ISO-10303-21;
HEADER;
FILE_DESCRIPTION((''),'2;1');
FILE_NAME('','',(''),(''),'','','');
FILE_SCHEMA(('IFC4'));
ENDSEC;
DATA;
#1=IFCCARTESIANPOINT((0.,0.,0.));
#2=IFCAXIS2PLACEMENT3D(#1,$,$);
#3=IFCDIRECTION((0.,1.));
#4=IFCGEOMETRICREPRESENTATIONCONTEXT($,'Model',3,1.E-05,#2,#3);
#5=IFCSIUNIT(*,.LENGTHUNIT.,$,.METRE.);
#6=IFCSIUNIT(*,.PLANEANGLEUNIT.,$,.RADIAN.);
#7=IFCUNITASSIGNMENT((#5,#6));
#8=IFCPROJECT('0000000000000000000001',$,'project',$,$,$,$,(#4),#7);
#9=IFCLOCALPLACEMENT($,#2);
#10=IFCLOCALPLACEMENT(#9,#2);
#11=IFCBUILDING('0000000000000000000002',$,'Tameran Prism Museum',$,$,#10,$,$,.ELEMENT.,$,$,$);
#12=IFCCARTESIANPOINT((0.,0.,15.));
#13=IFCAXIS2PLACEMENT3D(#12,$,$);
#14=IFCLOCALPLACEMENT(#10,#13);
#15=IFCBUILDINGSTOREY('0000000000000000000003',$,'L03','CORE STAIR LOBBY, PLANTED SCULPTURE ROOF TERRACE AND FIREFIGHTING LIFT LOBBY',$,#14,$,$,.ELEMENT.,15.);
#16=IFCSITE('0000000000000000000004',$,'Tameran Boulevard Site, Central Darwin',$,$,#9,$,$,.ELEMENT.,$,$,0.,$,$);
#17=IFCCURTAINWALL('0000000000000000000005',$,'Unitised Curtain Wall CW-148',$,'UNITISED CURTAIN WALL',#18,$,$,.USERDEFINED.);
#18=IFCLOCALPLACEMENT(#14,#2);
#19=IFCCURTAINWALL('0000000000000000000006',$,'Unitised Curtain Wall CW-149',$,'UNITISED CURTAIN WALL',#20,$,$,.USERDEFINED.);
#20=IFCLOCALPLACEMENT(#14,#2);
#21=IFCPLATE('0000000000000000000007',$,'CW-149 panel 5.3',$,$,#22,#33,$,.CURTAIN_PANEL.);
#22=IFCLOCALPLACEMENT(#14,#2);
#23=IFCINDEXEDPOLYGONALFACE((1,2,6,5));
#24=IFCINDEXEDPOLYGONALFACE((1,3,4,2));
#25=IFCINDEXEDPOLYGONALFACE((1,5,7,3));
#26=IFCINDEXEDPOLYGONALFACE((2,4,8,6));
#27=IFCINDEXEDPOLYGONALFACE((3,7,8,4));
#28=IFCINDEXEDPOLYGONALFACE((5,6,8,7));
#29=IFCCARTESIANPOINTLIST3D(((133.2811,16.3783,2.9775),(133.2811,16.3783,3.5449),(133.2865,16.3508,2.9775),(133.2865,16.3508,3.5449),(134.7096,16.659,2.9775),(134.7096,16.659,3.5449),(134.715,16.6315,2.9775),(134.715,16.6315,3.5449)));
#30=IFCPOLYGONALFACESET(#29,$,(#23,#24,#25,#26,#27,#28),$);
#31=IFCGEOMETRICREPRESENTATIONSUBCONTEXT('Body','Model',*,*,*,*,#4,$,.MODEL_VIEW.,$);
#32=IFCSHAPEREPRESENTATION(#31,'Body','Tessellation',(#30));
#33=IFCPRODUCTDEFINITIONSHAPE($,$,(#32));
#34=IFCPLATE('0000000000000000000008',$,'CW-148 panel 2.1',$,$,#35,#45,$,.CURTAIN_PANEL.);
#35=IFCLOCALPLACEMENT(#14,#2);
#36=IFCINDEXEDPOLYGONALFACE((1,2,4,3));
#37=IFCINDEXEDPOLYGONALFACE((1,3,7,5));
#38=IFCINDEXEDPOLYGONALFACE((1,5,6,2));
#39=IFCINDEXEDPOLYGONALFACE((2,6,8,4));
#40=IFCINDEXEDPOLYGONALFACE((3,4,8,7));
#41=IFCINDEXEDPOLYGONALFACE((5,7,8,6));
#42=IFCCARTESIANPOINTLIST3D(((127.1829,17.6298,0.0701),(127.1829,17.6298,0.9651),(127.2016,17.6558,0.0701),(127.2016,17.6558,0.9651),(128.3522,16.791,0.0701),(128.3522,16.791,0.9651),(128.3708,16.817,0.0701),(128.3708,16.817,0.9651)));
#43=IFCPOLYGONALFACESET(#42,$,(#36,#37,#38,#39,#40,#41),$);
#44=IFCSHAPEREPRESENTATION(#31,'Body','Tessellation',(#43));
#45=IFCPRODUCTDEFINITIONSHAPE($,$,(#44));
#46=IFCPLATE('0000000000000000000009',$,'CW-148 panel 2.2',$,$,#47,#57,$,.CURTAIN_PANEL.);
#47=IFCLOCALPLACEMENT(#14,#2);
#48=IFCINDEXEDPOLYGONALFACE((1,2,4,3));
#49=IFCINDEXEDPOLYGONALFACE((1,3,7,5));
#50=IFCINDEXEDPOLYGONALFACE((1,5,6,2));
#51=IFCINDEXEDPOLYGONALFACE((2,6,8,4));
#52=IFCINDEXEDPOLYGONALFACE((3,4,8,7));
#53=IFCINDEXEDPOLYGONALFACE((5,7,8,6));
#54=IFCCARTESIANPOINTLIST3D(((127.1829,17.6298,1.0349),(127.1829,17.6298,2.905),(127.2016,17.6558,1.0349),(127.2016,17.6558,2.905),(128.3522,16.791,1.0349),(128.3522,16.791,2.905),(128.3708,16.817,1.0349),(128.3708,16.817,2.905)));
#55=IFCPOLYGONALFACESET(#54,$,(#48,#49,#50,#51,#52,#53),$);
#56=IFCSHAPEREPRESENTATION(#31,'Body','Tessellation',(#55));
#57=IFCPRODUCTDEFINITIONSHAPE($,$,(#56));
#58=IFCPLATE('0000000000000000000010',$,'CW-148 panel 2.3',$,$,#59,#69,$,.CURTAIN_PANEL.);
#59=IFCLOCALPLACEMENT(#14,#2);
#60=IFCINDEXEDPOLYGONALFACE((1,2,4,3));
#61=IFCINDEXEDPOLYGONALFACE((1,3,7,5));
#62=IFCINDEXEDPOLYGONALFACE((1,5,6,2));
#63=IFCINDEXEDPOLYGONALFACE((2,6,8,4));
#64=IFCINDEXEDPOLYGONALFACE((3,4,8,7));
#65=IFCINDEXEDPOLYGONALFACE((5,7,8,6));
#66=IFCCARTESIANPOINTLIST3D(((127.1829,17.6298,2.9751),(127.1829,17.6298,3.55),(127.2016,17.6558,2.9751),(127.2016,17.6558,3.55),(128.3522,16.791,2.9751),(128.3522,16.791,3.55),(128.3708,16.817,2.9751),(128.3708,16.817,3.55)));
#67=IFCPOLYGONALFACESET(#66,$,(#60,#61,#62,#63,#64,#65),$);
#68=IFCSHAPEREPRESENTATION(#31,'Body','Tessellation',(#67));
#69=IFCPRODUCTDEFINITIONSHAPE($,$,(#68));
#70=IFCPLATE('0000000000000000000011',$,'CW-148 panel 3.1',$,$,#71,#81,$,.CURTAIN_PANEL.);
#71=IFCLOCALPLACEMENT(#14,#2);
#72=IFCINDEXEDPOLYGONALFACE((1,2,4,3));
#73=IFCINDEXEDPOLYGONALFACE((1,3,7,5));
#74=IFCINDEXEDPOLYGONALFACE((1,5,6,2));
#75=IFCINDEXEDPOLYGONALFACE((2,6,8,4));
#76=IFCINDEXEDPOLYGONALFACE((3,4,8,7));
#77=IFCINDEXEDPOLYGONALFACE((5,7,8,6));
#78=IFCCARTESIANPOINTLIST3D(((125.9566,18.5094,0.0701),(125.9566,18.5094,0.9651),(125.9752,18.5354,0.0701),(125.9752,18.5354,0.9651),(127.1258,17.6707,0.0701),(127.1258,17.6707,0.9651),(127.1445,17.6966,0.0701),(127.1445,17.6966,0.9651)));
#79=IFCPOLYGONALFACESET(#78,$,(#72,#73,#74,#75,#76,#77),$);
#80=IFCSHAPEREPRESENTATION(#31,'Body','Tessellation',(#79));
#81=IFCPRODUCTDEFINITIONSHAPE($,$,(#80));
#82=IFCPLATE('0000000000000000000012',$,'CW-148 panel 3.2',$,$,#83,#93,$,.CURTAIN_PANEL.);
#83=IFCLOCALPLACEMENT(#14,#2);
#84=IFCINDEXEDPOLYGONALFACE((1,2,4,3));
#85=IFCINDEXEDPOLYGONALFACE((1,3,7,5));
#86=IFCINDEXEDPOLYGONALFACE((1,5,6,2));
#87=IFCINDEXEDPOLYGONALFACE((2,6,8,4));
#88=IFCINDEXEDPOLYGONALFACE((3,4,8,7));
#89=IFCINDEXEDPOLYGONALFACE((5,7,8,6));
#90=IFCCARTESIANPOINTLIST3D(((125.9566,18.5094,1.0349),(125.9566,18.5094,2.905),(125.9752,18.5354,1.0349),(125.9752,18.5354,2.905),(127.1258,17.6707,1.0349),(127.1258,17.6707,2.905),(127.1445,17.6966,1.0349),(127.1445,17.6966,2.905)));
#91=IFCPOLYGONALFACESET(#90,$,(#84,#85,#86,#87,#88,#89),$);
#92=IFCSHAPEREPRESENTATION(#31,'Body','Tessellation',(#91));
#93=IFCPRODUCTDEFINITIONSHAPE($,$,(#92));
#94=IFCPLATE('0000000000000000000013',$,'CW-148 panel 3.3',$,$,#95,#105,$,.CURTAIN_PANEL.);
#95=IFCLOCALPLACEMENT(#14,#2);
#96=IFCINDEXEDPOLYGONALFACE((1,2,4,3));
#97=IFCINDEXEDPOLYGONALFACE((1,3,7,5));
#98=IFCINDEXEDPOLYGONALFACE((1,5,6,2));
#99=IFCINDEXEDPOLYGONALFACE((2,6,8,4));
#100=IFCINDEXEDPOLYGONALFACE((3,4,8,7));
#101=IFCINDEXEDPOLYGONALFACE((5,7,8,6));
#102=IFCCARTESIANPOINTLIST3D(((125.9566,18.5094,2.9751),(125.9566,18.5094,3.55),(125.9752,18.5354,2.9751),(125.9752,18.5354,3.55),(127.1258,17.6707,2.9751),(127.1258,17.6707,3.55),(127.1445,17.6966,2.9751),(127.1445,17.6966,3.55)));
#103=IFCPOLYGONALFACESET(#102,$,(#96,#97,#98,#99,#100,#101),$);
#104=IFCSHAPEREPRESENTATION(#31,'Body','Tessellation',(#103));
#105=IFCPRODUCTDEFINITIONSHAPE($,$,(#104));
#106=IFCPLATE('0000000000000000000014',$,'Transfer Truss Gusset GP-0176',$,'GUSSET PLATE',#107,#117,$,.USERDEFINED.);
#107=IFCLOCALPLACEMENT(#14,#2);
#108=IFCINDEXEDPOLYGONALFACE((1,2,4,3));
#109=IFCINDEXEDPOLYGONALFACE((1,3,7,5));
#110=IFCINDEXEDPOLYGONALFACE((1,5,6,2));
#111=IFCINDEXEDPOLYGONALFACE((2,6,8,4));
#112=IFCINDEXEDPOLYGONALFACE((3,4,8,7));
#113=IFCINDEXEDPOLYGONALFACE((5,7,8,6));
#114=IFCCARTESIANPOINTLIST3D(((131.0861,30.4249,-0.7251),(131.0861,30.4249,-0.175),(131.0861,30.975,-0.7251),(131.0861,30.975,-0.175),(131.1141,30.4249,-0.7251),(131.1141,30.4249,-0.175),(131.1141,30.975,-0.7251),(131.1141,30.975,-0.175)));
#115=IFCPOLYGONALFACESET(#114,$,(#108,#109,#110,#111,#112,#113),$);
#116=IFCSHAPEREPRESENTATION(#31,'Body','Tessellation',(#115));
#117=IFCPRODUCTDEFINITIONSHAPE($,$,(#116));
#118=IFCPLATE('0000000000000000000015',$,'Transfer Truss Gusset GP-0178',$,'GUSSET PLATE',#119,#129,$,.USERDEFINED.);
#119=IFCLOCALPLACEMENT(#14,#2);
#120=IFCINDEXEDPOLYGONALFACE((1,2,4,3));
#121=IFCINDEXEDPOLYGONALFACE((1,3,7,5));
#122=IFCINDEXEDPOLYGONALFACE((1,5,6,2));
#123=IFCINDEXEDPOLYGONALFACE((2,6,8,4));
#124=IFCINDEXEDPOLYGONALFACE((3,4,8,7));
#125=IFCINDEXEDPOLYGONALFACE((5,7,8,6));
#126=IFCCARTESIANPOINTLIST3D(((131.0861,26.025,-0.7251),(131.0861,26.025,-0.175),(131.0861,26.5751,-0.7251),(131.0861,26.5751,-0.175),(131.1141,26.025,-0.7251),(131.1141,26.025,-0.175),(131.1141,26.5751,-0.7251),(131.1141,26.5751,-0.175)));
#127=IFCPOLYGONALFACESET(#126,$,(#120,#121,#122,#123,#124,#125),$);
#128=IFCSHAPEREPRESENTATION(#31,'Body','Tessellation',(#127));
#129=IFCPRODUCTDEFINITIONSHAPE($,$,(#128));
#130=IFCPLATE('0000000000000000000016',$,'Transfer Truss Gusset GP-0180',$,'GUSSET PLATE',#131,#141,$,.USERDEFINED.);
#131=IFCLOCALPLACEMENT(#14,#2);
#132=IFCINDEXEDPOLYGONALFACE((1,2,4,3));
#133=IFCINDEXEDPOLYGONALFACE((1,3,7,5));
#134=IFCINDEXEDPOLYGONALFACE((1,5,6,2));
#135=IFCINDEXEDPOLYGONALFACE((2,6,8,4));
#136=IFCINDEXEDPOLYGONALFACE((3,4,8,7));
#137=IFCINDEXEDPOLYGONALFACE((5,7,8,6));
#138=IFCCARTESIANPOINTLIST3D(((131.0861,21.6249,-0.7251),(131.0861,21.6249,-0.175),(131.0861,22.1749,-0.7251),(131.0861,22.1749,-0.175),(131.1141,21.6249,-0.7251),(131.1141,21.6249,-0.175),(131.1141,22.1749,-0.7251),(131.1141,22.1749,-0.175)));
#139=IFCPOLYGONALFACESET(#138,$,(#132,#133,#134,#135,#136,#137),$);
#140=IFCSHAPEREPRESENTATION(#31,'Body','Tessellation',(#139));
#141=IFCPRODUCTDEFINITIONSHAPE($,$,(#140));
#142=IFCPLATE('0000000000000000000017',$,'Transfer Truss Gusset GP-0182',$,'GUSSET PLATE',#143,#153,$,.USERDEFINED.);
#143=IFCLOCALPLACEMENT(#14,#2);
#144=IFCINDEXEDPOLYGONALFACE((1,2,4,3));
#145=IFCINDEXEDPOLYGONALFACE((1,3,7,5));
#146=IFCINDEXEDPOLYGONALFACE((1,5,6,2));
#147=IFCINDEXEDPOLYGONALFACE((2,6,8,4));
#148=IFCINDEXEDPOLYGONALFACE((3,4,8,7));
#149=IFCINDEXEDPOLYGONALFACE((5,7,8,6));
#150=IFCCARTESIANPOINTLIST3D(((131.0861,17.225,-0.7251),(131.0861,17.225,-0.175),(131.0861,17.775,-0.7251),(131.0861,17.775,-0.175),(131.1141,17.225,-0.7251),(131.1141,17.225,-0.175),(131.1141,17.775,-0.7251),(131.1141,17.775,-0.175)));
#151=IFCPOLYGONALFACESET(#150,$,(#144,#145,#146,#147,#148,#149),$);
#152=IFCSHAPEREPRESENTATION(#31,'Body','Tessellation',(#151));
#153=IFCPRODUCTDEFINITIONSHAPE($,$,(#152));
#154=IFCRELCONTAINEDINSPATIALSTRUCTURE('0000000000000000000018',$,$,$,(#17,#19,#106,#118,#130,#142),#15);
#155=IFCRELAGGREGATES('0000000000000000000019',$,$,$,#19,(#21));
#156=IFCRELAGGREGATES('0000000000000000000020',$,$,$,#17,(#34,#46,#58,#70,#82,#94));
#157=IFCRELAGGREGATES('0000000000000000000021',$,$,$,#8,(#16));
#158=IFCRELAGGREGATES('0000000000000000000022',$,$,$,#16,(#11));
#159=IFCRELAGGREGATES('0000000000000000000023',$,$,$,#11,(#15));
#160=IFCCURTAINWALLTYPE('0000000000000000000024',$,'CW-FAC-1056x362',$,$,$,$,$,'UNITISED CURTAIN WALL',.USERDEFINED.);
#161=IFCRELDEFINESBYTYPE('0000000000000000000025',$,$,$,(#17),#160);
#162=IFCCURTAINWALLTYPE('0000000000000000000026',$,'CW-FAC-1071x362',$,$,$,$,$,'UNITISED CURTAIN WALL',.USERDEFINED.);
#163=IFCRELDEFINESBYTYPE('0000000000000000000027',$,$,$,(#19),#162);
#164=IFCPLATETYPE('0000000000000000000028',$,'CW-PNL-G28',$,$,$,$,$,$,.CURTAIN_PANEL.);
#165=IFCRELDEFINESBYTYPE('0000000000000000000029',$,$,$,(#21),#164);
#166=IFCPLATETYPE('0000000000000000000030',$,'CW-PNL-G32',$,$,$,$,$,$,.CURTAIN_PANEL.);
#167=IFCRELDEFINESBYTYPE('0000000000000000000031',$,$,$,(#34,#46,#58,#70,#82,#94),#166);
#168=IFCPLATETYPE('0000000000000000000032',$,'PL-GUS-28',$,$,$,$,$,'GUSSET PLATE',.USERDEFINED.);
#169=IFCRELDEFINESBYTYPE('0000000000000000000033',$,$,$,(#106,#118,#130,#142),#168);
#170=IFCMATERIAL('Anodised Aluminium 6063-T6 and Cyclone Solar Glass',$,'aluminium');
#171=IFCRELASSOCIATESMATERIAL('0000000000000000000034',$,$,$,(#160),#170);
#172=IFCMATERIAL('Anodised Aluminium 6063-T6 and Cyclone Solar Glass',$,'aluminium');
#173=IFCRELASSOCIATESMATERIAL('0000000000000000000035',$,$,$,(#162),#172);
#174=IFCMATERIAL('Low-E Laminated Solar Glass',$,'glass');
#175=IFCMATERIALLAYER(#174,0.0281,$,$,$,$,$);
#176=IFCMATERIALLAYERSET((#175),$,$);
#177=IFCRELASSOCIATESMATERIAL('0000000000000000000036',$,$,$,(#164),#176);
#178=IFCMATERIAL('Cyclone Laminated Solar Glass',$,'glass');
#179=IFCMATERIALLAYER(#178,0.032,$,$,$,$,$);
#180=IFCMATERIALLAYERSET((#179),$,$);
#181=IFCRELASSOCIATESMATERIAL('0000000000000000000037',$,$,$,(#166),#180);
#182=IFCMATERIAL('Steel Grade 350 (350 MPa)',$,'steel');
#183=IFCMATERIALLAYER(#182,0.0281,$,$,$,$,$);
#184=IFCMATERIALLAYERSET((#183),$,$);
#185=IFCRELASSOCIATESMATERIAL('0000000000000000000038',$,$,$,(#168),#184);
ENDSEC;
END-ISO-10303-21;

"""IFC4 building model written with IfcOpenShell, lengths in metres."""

from ifc_helpers import new_model, si_unit, direction, frame, origin, origin_2d, place, context, subcontext, project, spatial, rectangle, extrude, material, layer, layer_set, type_object, element, aggregate, save


model = new_model("IFC4")

# Units and contexts
model_context = context("Model", 3, precision=1e-05, world=origin(), true_north=direction((0.0, 1.0)))
body_context = subcontext(model_context, "Body", "Model", "MODEL_VIEW")
ifc_project = project(units=[si_unit("LENGTHUNIT", "METRE"), si_unit("PLANEANGLEUNIT", "RADIAN")], contexts=[model_context])

# Site, building, storey
site_placement = place(None, origin())
site = spatial("IfcSite", under=ifc_project, at=site_placement, Name="Tameran Boulevard Site, Central Darwin", CompositionType="ELEMENT", RefElevation=0.0)
building_placement = place(site_placement, origin())
building = spatial("IfcBuilding", under=site, at=building_placement, Name="Tameran Prism Museum", CompositionType="ELEMENT")
storey_placement = place(building_placement, frame((0.0, 0.0, 15.0)))
storey = spatial("IfcBuildingStorey", under=building, at=storey_placement, Name="L03", Description="CORE STAIR LOBBY, PLANTED SCULPTURE ROOF TERRACE AND FIREFIGHTING LIFT LOBBY", CompositionType="ELEMENT", Elevation=15.0)

# Curtain walls
ifc_material_1 = material(Name="Anodised Aluminium 6063-T6 and Cyclone Solar Glass", Category="aluminium")
curtain_wall_type_1 = type_object("IfcCurtainWallType", Name="CW-FAC-1056x362", ElementType="UNITISED CURTAIN WALL", PredefinedType="USERDEFINED", material=ifc_material_1)
curtain_wall_1_placement = place(storey_placement, origin())
curtain_wall_1 = element("IfcCurtainWall", 1, at=curtain_wall_1_placement, inside=storey, type_object=curtain_wall_type_1, Name="Unitised Curtain Wall CW-148", ObjectType="UNITISED CURTAIN WALL", PredefinedType="USERDEFINED")
ifc_material_2 = material(Name="Anodised Aluminium 6063-T6 and Cyclone Solar Glass", Category="aluminium")
curtain_wall_type_2 = type_object("IfcCurtainWallType", Name="CW-FAC-1071x362", ElementType="UNITISED CURTAIN WALL", PredefinedType="USERDEFINED", material=ifc_material_2)
curtain_wall_2_placement = place(storey_placement, origin())
curtain_wall_2 = element("IfcCurtainWall", 2, at=curtain_wall_2_placement, inside=storey, type_object=curtain_wall_type_2, Name="Unitised Curtain Wall CW-149", ObjectType="UNITISED CURTAIN WALL", PredefinedType="USERDEFINED")

# Plates
ifc_material_3 = material(Name="Low-E Laminated Solar Glass", Category="glass")
ifc_layer_1 = layer(ifc_material_3, 0.0281)
ifc_layer_set_1 = layer_set([ifc_layer_1])
plate_type_1 = type_object("IfcPlateType", Name="CW-PNL-G28", PredefinedType="CURTAIN_PANEL", material=ifc_layer_set_1)
plate_1_placement = place(storey_placement, frame((133.998, 16.5049, 2.9775), z_axis=(0.0, 0.0, 1.0), x_axis=(-0.981236, -0.192813, 0.0)))
plate_1 = element("IfcPlate", 3, at=plate_1_placement, type_object=plate_type_1, Name="CW-149 panel 5.3", PredefinedType="CURTAIN_PANEL", context=body_context, shape_type="SweptSolid", body=[
    extrude(rectangle(XDim=1.4558, YDim=0.0281, at=origin_2d()), origin(), (0.0, 0.0, 1.0), 0.5674),
])
aggregate(curtain_wall_2, [plate_1])
ifc_material_4 = material(Name="Cyclone Laminated Solar Glass", Category="glass")
ifc_layer_2 = layer(ifc_material_4, 0.032)
ifc_layer_set_2 = layer_set([ifc_layer_2])
plate_type_2 = type_object("IfcPlateType", Name="CW-PNL-G32", PredefinedType="CURTAIN_PANEL", material=ifc_layer_set_2)
plate_2_placement = place(storey_placement, frame((127.7769, 17.2234, 0.0701), z_axis=(0.0, 0.0, 1.0), x_axis=(-0.812555, 0.582885, 0.0)))
plate_2 = element("IfcPlate", 4, at=plate_2_placement, type_object=plate_type_2, Name="CW-148 panel 2.1", PredefinedType="CURTAIN_PANEL", context=body_context, shape_type="SweptSolid", body=[
    extrude(rectangle(XDim=1.439, YDim=0.032, at=origin_2d()), origin(), (0.0, 0.0, 1.0), 0.895),
])
plate_3_placement = place(storey_placement, frame((127.7769, 17.2234, 1.0349), z_axis=(0.0, 0.0, 1.0), x_axis=(-0.812555, 0.582885, 0.0)))
plate_3 = element("IfcPlate", 5, at=plate_3_placement, type_object=plate_type_2, Name="CW-148 panel 2.2", PredefinedType="CURTAIN_PANEL", context=body_context, shape_type="SweptSolid", body=[
    extrude(rectangle(XDim=1.439, YDim=0.032, at=origin_2d()), origin(), (0.0, 0.0, 1.0), 1.8701),
])
plate_4_placement = place(storey_placement, frame((127.7769, 17.2234, 2.9751), z_axis=(0.0, 0.0, 1.0), x_axis=(-0.812555, 0.582885, 0.0)))
plate_4 = element("IfcPlate", 6, at=plate_4_placement, type_object=plate_type_2, Name="CW-148 panel 2.3", PredefinedType="CURTAIN_PANEL", context=body_context, shape_type="SweptSolid", body=[
    extrude(rectangle(XDim=1.439, YDim=0.032, at=origin_2d()), origin(), (0.0, 0.0, 1.0), 0.575),
])
plate_5_placement = place(storey_placement, frame((126.5505, 18.103, 0.0701), z_axis=(0.0, 0.0, 1.0), x_axis=(-0.812555, 0.582885, 0.0)))
plate_5 = element("IfcPlate", 7, at=plate_5_placement, type_object=plate_type_2, Name="CW-148 panel 3.1", PredefinedType="CURTAIN_PANEL", context=body_context, shape_type="SweptSolid", body=[
    extrude(rectangle(XDim=1.439, YDim=0.032, at=origin_2d()), origin(), (0.0, 0.0, 1.0), 0.895),
])
plate_6_placement = place(storey_placement, frame((126.5505, 18.103, 1.0349), z_axis=(0.0, 0.0, 1.0), x_axis=(-0.812555, 0.582885, 0.0)))
plate_6 = element("IfcPlate", 8, at=plate_6_placement, type_object=plate_type_2, Name="CW-148 panel 3.2", PredefinedType="CURTAIN_PANEL", context=body_context, shape_type="SweptSolid", body=[
    extrude(rectangle(XDim=1.439, YDim=0.032, at=origin_2d()), origin(), (0.0, 0.0, 1.0), 1.8701),
])
plate_7_placement = place(storey_placement, frame((126.5505, 18.103, 2.9751), z_axis=(0.0, 0.0, 1.0), x_axis=(-0.812555, 0.582885, 0.0)))
plate_7 = element("IfcPlate", 9, at=plate_7_placement, type_object=plate_type_2, Name="CW-148 panel 3.3", PredefinedType="CURTAIN_PANEL", context=body_context, shape_type="SweptSolid", body=[
    extrude(rectangle(XDim=1.439, YDim=0.032, at=origin_2d()), origin(), (0.0, 0.0, 1.0), 0.575),
])
aggregate(curtain_wall_1, [plate_2, plate_3, plate_4, plate_5, plate_6, plate_7])

# Plates
ifc_material_5 = material(Name="Steel Grade 350 (350 MPa)", Category="steel")
ifc_layer_3 = layer(ifc_material_5, 0.0281)
ifc_layer_set_3 = layer_set([ifc_layer_3])
plate_type_3 = type_object("IfcPlateType", Name="PL-GUS-28", ElementType="GUSSET PLATE", PredefinedType="USERDEFINED", material=ifc_layer_set_3)
for number, where, z_axis, x_axis, name in (
    (10, (131.1001, 30.7, -0.7251), (0.0, 0.0, 1.0), (1.0, 0.0, 0.0), "Transfer Truss Gusset GP-0176"),
    (11, (131.1001, 26.3, -0.7251), (0.0, 0.0, 1.0), (1.0, 0.0, 0.0), "Transfer Truss Gusset GP-0178"),
    (12, (131.1001, 21.8999, -0.7251), (0.0, 0.0, 1.0), (1.0, 0.0, 0.0), "Transfer Truss Gusset GP-0180"),
    (13, (131.1001, 17.5, -0.7251), (0.0, 0.0, 1.0), (1.0, 0.0, 0.0), "Transfer Truss Gusset GP-0182"),
):
    element("IfcPlate", number, at=place(storey_placement, frame(where, z_axis=z_axis, x_axis=x_axis)), inside=storey, type_object=plate_type_3, Name=name, ObjectType="GUSSET PLATE", PredefinedType="USERDEFINED", context=body_context, shape_type="SweptSolid", body=[
        extrude(rectangle(XDim=0.0281, YDim=0.55, at=origin_2d()), origin(), (0.0, 0.0, 1.0), 0.55),
    ])

save(model, "model.ifc")
